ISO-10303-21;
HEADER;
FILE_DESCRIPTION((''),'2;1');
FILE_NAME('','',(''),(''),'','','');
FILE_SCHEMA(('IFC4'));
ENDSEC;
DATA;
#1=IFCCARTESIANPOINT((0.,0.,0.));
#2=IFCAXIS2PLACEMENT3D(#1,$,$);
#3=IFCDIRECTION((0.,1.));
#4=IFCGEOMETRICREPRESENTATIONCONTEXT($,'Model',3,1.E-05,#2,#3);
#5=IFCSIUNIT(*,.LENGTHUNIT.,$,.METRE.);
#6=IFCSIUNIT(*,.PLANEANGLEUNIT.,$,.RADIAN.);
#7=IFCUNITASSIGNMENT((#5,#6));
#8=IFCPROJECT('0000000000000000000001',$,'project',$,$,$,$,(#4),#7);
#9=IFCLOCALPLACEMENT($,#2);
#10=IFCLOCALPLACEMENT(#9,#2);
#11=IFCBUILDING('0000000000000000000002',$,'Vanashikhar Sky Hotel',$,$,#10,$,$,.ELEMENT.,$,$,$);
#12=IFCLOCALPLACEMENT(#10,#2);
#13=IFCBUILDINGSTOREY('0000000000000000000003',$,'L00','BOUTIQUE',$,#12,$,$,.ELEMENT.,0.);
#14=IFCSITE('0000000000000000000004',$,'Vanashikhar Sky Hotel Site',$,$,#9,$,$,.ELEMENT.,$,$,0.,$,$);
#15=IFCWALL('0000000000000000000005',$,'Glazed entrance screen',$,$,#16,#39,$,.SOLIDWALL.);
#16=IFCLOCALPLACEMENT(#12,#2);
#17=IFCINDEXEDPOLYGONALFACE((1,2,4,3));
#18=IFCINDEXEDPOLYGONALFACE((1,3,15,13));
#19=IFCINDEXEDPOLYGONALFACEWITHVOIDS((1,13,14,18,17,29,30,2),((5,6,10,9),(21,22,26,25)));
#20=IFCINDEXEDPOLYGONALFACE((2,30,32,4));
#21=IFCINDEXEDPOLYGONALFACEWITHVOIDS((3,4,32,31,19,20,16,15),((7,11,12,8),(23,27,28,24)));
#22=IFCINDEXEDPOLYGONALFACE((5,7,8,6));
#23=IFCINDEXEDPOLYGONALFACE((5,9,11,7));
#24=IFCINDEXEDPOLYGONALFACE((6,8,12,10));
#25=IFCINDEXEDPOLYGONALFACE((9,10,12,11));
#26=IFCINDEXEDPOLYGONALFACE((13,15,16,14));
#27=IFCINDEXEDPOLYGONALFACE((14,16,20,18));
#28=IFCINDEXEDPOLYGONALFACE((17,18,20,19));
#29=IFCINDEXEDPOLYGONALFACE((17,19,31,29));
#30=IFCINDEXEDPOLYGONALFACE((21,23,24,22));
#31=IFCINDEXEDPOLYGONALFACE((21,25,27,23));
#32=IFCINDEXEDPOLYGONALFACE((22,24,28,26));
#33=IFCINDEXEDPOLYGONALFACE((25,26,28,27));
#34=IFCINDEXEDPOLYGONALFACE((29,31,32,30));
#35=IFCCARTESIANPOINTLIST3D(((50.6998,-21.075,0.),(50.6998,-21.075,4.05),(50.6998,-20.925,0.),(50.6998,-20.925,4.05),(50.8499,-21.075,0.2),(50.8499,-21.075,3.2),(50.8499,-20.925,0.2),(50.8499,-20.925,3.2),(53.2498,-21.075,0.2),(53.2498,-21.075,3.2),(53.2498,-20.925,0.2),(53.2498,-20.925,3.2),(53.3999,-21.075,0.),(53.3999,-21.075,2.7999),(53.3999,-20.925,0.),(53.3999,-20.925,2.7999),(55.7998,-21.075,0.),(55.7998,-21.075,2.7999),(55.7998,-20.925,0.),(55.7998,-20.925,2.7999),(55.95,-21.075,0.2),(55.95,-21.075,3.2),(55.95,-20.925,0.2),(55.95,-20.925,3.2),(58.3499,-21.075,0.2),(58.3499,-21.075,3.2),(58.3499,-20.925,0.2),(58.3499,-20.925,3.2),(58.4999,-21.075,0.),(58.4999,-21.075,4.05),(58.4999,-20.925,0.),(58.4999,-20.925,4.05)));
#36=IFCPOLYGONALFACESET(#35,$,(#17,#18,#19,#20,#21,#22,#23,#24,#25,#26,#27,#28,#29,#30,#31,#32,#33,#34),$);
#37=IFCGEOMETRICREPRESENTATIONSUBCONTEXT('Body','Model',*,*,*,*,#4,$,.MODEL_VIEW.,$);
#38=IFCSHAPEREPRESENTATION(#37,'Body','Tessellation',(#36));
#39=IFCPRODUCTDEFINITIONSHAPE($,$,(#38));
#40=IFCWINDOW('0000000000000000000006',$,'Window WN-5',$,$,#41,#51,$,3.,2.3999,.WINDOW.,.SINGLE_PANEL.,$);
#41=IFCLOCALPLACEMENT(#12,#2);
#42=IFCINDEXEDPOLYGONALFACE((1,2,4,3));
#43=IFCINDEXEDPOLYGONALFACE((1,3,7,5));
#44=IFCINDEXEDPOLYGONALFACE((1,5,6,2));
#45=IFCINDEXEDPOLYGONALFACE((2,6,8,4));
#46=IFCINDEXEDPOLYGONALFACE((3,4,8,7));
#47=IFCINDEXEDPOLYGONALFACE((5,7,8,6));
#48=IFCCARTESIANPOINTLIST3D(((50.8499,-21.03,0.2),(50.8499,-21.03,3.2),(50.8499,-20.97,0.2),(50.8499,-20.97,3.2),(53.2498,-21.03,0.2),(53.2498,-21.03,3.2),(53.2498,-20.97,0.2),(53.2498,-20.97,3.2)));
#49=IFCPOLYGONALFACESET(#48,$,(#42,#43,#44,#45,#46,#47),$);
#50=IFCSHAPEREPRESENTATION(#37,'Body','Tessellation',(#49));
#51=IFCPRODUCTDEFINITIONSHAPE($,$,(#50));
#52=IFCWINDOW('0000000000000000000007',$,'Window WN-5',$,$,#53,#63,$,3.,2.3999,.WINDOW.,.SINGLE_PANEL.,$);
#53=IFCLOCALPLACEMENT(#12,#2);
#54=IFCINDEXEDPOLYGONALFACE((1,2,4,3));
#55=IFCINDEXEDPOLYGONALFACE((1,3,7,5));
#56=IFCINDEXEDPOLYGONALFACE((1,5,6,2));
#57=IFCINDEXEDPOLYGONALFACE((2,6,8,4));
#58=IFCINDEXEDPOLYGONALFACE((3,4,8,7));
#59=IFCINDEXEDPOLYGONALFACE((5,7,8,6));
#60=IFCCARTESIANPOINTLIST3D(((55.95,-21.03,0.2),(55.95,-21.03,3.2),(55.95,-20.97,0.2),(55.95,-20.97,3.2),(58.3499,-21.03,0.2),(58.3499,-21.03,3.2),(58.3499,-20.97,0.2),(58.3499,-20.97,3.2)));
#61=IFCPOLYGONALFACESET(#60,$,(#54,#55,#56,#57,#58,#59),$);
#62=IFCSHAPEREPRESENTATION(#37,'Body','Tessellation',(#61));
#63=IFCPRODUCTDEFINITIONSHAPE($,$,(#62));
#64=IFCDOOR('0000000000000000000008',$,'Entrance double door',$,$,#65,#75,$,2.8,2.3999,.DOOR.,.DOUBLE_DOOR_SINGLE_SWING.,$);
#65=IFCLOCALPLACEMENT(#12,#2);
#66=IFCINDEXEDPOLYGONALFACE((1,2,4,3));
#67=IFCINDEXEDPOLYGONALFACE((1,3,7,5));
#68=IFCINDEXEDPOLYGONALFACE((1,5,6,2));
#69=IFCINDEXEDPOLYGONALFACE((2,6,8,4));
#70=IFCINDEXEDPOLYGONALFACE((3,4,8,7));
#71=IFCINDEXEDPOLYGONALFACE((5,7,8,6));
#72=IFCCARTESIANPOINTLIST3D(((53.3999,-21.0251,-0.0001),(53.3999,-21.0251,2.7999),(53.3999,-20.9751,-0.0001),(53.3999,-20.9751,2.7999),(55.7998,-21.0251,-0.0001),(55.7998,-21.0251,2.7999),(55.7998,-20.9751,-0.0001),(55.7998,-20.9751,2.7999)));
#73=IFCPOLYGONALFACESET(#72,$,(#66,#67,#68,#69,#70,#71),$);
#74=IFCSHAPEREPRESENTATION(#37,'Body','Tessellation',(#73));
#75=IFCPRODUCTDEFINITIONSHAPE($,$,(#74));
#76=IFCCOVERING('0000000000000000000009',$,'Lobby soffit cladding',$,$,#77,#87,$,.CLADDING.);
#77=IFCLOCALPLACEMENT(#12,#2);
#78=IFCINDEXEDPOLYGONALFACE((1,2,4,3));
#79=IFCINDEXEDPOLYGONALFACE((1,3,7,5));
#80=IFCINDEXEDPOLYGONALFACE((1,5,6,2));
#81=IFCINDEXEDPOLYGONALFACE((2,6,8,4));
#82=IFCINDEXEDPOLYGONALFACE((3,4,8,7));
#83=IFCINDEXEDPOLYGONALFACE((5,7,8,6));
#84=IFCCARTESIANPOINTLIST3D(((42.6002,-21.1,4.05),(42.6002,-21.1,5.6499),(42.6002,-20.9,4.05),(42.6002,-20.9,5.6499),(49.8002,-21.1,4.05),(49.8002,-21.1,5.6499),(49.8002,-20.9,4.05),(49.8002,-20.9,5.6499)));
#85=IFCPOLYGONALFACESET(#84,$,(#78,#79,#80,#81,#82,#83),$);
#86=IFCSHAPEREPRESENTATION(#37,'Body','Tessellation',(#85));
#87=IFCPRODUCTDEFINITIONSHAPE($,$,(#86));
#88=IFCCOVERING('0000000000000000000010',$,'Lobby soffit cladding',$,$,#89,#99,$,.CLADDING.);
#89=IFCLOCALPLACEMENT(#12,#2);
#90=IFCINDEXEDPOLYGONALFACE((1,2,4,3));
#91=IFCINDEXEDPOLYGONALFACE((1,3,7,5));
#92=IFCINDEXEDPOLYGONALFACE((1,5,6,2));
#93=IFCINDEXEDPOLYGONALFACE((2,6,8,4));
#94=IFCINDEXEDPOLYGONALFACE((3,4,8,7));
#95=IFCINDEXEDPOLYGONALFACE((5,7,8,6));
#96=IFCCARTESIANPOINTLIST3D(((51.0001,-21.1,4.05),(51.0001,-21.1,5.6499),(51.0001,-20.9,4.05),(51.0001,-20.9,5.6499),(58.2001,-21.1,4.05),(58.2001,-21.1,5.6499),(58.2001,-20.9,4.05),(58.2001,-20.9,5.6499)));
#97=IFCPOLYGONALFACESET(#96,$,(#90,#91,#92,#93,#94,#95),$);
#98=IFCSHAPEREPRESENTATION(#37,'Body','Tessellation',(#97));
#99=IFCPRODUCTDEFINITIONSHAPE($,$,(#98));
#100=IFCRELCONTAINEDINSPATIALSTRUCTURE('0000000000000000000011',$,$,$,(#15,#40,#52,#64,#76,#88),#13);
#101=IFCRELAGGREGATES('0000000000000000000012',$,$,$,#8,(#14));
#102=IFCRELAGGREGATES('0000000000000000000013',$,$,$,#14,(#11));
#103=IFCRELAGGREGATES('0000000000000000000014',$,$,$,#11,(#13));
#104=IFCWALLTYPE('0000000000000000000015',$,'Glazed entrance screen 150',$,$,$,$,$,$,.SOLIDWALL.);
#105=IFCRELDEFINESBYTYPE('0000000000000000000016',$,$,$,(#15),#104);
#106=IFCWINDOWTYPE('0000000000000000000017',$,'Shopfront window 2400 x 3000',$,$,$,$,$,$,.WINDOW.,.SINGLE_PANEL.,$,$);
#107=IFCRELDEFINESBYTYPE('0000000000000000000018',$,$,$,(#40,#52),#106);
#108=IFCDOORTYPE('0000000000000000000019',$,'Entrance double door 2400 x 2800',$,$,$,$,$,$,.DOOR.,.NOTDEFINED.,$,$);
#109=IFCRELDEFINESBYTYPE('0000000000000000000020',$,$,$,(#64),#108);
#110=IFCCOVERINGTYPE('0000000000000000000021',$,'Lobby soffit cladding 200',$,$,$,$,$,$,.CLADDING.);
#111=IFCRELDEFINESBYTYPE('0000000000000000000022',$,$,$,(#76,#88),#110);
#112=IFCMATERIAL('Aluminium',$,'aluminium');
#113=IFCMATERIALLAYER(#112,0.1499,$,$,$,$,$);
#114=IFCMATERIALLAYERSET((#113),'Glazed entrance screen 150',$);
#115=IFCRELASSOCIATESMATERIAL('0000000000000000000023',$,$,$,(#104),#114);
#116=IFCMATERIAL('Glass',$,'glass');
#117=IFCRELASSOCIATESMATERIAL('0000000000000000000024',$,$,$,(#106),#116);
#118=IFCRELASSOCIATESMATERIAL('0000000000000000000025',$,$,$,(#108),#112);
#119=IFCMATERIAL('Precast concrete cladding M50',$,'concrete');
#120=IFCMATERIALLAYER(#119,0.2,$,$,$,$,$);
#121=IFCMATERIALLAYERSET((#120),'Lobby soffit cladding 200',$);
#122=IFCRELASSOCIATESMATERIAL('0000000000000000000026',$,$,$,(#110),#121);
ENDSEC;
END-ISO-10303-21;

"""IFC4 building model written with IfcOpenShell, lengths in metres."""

from ifc_helpers import new_model, si_unit, direction, frame, frame_2d, origin, place, context, subcontext, project, spatial, rectangle, extrude, source, transform, mapped, material, layer, layer_set, type_object, element, fill, save


model = new_model("IFC4")

# Units and contexts
model_context = context("Model", 3, precision=1e-05, world=origin(), true_north=direction((0.0, 1.0)))
body_context = subcontext(model_context, "Body", "Model", "MODEL_VIEW")
ifc_project = project(units=[si_unit("LENGTHUNIT", "METRE"), si_unit("PLANEANGLEUNIT", "RADIAN")], contexts=[model_context])

# Site, building, storey
site_placement = place(None, origin())
site = spatial("IfcSite", under=ifc_project, at=site_placement, Name="Vanashikhar Sky Hotel Site", CompositionType="ELEMENT", RefElevation=0.0)
building_placement = place(site_placement, origin())
building = spatial("IfcBuilding", under=site, at=building_placement, Name="Vanashikhar Sky Hotel", CompositionType="ELEMENT")
storey_placement = place(building_placement, origin())
storey = spatial("IfcBuildingStorey", under=building, at=storey_placement, Name="L00", Description="BOUTIQUE", CompositionType="ELEMENT", Elevation=0.0)

# Wall, openings, windows, door
ifc_material_1 = material(Name="Aluminium", Category="aluminium")
ifc_layer_1 = layer(ifc_material_1, 0.1499)
ifc_layer_set_1 = layer_set([ifc_layer_1], Name="Glazed entrance screen 150")
wall_type_1 = type_object("IfcWallType", Name="Glazed entrance screen 150", PredefinedType="SOLIDWALL", material=ifc_layer_set_1)
shared_shape_1 = source(origin(), body_context, "Body", "SweptSolid", [
    extrude(rectangle(XDim=7.8, YDim=0.1499, at=frame_2d((3.8999, 0.0))), origin(), (0.0, 0.0, 1.0), 4.05),
])
shared_shape_2 = source(origin(), body_context, "Body", "SweptSolid", [
    extrude(rectangle(XDim=2.3999, YDim=2.8, at=frame_2d((1.2, 1.3999))), frame((0.0, 0.085, 0.0), z_axis=(0.0, -1.0, 0.0), x_axis=(1.0, 0.0, 0.0)), (0.0, 0.0, 1.0), 0.1699),
])
shared_shape_3 = source(origin(), body_context, "Body", "SweptSolid", [
    extrude(rectangle(XDim=2.3999, YDim=3.0, at=frame_2d((1.2, 1.5))), frame((0.0, 0.085, 0.0), z_axis=(0.0, -1.0, 0.0), x_axis=(1.0, 0.0, 0.0)), (0.0, 0.0, 1.0), 0.1699),
])
ifc_material_2 = material(Name="Glass", Category="glass")
window_type = type_object("IfcWindowType", Name="Shopfront window 2400 x 3000", PartitioningType="SINGLE_PANEL", PredefinedType="WINDOW", material=ifc_material_2)
shared_shape_4 = source(origin(), body_context, "Body", "SweptSolid", [
    extrude(rectangle(XDim=2.3999, YDim=3.0, at=frame_2d((1.2, 1.5))), frame((0.0, 0.03, 0.0), z_axis=(0.0, -1.0, 0.0), x_axis=(1.0, 0.0, 0.0)), (0.0, 0.0, 1.0), 0.0601),
])
door_type = type_object("IfcDoorType", Name="Entrance double door 2400 x 2800", OperationType="NOTDEFINED", PredefinedType="DOOR", material=ifc_material_1)
shared_shape_5 = source(origin(), body_context, "Body", "SweptSolid", [
    extrude(rectangle(XDim=2.3999, YDim=2.8, at=frame_2d((1.2, 1.3999))), frame((0.0, 0.0249, 0.0), z_axis=(0.0, -1.0, 0.0), x_axis=(1.0, 0.0, 0.0)), (0.0, 0.0, 1.0), 0.05),
])
wall_1_placement = place(storey_placement, frame((50.7, -21.0, 0.0), z_axis=(0.0, 0.0, 1.0), x_axis=(1.0, 0.0, 0.0)))
wall_1 = element("IfcWall", 1, at=wall_1_placement, inside=storey, type_object=wall_type_1, Name="Glazed entrance screen", PredefinedType="SOLIDWALL", context=body_context, shape_type="MappedRepresentation", body=[
    mapped(shared_shape_1, transform((0.0, 0.0, 0.0), scale=1.0)),
])
opening_1_placement = place(wall_1_placement, frame((2.7, 0.0, 0.0)))
opening_1 = element("IfcOpeningElement", 2, at=opening_1_placement, cuts=wall_1, PredefinedType="OPENING", context=body_context, shape_type="MappedRepresentation", body=[
    mapped(shared_shape_2, transform((0.0, 0.0, 0.0), scale=1.0)),
])
opening_2_placement = place(wall_1_placement, frame((0.1499, 0.0, 0.2)))
opening_2 = element("IfcOpeningElement", 3, at=opening_2_placement, cuts=wall_1, PredefinedType="OPENING", context=body_context, shape_type="MappedRepresentation", body=[
    mapped(shared_shape_3, transform((0.0, 0.0, 0.0), scale=1.0)),
])
opening_3_placement = place(wall_1_placement, frame((5.25, 0.0, 0.2)))
opening_3 = element("IfcOpeningElement", 4, at=opening_3_placement, cuts=wall_1, PredefinedType="OPENING", context=body_context, shape_type="MappedRepresentation", body=[
    mapped(shared_shape_3, transform((0.0, 0.0, 0.0), scale=1.0)),
])
window_1_placement = place(opening_2_placement, origin())
window_1 = element("IfcWindow", 5, at=window_1_placement, inside=storey, type_object=window_type, Name="Window WN-5", OverallHeight=3.0, OverallWidth=2.3999, PartitioningType="SINGLE_PANEL", PredefinedType="WINDOW", context=body_context, shape_type="MappedRepresentation", body=[
    mapped(shared_shape_4, transform((0.0, 0.0, 0.0), scale=1.0)),
])
fill(opening_2, window_1)
window_2_placement = place(opening_3_placement, origin())
window_2 = element("IfcWindow", 6, at=window_2_placement, inside=storey, type_object=window_type, Name="Window WN-5", OverallHeight=3.0, OverallWidth=2.3999, PartitioningType="SINGLE_PANEL", PredefinedType="WINDOW", context=body_context, shape_type="MappedRepresentation", body=[
    mapped(shared_shape_4, transform((0.0, 0.0, 0.0), scale=1.0)),
])
fill(opening_3, window_2)
door_1_placement = place(opening_1_placement, origin())
door_1 = element("IfcDoor", 7, at=door_1_placement, inside=storey, type_object=door_type, Name="Entrance double door", OperationType="DOUBLE_DOOR_SINGLE_SWING", OverallHeight=2.8, OverallWidth=2.3999, PredefinedType="DOOR", context=body_context, shape_type="MappedRepresentation", body=[
    mapped(shared_shape_5, transform((0.0, 0.0, 0.0), scale=1.0)),
])
fill(opening_1, door_1)

# Coverings
ifc_material_3 = material(Name="Precast concrete cladding M50", Category="concrete")
ifc_layer_2 = layer(ifc_material_3, 0.2)
ifc_layer_set_2 = layer_set([ifc_layer_2], Name="Lobby soffit cladding 200")
covering_type = type_object("IfcCoveringType", Name="Lobby soffit cladding 200", PredefinedType="CLADDING", material=ifc_layer_set_2)
shared_shape_6 = source(origin(), body_context, "Body", "SweptSolid", [
    extrude(rectangle(XDim=7.2, YDim=0.2, at=frame_2d((3.6001, 0.0))), origin(), (0.0, 0.0, 1.0), 1.5999),
])
for number, where, z_axis, x_axis, name in (
    (8, (42.6001, -21.0, 4.05), (0.0, 0.0, 1.0), (1.0, 0.0, 0.0), "Lobby soffit cladding"),
    (9, (51.0, -21.0, 4.05), (0.0, 0.0, 1.0), (1.0, 0.0, 0.0), "Lobby soffit cladding"),
):
    element("IfcCovering", number, at=place(storey_placement, frame(where, z_axis=z_axis, x_axis=x_axis)), inside=storey, type_object=covering_type, Name=name, PredefinedType="CLADDING", context=body_context, shape_type="MappedRepresentation", body=[
        mapped(shared_shape_6, transform((0.0, 0.0, 0.0), scale=1.0)),
    ])

save(model, "model.ifc")
